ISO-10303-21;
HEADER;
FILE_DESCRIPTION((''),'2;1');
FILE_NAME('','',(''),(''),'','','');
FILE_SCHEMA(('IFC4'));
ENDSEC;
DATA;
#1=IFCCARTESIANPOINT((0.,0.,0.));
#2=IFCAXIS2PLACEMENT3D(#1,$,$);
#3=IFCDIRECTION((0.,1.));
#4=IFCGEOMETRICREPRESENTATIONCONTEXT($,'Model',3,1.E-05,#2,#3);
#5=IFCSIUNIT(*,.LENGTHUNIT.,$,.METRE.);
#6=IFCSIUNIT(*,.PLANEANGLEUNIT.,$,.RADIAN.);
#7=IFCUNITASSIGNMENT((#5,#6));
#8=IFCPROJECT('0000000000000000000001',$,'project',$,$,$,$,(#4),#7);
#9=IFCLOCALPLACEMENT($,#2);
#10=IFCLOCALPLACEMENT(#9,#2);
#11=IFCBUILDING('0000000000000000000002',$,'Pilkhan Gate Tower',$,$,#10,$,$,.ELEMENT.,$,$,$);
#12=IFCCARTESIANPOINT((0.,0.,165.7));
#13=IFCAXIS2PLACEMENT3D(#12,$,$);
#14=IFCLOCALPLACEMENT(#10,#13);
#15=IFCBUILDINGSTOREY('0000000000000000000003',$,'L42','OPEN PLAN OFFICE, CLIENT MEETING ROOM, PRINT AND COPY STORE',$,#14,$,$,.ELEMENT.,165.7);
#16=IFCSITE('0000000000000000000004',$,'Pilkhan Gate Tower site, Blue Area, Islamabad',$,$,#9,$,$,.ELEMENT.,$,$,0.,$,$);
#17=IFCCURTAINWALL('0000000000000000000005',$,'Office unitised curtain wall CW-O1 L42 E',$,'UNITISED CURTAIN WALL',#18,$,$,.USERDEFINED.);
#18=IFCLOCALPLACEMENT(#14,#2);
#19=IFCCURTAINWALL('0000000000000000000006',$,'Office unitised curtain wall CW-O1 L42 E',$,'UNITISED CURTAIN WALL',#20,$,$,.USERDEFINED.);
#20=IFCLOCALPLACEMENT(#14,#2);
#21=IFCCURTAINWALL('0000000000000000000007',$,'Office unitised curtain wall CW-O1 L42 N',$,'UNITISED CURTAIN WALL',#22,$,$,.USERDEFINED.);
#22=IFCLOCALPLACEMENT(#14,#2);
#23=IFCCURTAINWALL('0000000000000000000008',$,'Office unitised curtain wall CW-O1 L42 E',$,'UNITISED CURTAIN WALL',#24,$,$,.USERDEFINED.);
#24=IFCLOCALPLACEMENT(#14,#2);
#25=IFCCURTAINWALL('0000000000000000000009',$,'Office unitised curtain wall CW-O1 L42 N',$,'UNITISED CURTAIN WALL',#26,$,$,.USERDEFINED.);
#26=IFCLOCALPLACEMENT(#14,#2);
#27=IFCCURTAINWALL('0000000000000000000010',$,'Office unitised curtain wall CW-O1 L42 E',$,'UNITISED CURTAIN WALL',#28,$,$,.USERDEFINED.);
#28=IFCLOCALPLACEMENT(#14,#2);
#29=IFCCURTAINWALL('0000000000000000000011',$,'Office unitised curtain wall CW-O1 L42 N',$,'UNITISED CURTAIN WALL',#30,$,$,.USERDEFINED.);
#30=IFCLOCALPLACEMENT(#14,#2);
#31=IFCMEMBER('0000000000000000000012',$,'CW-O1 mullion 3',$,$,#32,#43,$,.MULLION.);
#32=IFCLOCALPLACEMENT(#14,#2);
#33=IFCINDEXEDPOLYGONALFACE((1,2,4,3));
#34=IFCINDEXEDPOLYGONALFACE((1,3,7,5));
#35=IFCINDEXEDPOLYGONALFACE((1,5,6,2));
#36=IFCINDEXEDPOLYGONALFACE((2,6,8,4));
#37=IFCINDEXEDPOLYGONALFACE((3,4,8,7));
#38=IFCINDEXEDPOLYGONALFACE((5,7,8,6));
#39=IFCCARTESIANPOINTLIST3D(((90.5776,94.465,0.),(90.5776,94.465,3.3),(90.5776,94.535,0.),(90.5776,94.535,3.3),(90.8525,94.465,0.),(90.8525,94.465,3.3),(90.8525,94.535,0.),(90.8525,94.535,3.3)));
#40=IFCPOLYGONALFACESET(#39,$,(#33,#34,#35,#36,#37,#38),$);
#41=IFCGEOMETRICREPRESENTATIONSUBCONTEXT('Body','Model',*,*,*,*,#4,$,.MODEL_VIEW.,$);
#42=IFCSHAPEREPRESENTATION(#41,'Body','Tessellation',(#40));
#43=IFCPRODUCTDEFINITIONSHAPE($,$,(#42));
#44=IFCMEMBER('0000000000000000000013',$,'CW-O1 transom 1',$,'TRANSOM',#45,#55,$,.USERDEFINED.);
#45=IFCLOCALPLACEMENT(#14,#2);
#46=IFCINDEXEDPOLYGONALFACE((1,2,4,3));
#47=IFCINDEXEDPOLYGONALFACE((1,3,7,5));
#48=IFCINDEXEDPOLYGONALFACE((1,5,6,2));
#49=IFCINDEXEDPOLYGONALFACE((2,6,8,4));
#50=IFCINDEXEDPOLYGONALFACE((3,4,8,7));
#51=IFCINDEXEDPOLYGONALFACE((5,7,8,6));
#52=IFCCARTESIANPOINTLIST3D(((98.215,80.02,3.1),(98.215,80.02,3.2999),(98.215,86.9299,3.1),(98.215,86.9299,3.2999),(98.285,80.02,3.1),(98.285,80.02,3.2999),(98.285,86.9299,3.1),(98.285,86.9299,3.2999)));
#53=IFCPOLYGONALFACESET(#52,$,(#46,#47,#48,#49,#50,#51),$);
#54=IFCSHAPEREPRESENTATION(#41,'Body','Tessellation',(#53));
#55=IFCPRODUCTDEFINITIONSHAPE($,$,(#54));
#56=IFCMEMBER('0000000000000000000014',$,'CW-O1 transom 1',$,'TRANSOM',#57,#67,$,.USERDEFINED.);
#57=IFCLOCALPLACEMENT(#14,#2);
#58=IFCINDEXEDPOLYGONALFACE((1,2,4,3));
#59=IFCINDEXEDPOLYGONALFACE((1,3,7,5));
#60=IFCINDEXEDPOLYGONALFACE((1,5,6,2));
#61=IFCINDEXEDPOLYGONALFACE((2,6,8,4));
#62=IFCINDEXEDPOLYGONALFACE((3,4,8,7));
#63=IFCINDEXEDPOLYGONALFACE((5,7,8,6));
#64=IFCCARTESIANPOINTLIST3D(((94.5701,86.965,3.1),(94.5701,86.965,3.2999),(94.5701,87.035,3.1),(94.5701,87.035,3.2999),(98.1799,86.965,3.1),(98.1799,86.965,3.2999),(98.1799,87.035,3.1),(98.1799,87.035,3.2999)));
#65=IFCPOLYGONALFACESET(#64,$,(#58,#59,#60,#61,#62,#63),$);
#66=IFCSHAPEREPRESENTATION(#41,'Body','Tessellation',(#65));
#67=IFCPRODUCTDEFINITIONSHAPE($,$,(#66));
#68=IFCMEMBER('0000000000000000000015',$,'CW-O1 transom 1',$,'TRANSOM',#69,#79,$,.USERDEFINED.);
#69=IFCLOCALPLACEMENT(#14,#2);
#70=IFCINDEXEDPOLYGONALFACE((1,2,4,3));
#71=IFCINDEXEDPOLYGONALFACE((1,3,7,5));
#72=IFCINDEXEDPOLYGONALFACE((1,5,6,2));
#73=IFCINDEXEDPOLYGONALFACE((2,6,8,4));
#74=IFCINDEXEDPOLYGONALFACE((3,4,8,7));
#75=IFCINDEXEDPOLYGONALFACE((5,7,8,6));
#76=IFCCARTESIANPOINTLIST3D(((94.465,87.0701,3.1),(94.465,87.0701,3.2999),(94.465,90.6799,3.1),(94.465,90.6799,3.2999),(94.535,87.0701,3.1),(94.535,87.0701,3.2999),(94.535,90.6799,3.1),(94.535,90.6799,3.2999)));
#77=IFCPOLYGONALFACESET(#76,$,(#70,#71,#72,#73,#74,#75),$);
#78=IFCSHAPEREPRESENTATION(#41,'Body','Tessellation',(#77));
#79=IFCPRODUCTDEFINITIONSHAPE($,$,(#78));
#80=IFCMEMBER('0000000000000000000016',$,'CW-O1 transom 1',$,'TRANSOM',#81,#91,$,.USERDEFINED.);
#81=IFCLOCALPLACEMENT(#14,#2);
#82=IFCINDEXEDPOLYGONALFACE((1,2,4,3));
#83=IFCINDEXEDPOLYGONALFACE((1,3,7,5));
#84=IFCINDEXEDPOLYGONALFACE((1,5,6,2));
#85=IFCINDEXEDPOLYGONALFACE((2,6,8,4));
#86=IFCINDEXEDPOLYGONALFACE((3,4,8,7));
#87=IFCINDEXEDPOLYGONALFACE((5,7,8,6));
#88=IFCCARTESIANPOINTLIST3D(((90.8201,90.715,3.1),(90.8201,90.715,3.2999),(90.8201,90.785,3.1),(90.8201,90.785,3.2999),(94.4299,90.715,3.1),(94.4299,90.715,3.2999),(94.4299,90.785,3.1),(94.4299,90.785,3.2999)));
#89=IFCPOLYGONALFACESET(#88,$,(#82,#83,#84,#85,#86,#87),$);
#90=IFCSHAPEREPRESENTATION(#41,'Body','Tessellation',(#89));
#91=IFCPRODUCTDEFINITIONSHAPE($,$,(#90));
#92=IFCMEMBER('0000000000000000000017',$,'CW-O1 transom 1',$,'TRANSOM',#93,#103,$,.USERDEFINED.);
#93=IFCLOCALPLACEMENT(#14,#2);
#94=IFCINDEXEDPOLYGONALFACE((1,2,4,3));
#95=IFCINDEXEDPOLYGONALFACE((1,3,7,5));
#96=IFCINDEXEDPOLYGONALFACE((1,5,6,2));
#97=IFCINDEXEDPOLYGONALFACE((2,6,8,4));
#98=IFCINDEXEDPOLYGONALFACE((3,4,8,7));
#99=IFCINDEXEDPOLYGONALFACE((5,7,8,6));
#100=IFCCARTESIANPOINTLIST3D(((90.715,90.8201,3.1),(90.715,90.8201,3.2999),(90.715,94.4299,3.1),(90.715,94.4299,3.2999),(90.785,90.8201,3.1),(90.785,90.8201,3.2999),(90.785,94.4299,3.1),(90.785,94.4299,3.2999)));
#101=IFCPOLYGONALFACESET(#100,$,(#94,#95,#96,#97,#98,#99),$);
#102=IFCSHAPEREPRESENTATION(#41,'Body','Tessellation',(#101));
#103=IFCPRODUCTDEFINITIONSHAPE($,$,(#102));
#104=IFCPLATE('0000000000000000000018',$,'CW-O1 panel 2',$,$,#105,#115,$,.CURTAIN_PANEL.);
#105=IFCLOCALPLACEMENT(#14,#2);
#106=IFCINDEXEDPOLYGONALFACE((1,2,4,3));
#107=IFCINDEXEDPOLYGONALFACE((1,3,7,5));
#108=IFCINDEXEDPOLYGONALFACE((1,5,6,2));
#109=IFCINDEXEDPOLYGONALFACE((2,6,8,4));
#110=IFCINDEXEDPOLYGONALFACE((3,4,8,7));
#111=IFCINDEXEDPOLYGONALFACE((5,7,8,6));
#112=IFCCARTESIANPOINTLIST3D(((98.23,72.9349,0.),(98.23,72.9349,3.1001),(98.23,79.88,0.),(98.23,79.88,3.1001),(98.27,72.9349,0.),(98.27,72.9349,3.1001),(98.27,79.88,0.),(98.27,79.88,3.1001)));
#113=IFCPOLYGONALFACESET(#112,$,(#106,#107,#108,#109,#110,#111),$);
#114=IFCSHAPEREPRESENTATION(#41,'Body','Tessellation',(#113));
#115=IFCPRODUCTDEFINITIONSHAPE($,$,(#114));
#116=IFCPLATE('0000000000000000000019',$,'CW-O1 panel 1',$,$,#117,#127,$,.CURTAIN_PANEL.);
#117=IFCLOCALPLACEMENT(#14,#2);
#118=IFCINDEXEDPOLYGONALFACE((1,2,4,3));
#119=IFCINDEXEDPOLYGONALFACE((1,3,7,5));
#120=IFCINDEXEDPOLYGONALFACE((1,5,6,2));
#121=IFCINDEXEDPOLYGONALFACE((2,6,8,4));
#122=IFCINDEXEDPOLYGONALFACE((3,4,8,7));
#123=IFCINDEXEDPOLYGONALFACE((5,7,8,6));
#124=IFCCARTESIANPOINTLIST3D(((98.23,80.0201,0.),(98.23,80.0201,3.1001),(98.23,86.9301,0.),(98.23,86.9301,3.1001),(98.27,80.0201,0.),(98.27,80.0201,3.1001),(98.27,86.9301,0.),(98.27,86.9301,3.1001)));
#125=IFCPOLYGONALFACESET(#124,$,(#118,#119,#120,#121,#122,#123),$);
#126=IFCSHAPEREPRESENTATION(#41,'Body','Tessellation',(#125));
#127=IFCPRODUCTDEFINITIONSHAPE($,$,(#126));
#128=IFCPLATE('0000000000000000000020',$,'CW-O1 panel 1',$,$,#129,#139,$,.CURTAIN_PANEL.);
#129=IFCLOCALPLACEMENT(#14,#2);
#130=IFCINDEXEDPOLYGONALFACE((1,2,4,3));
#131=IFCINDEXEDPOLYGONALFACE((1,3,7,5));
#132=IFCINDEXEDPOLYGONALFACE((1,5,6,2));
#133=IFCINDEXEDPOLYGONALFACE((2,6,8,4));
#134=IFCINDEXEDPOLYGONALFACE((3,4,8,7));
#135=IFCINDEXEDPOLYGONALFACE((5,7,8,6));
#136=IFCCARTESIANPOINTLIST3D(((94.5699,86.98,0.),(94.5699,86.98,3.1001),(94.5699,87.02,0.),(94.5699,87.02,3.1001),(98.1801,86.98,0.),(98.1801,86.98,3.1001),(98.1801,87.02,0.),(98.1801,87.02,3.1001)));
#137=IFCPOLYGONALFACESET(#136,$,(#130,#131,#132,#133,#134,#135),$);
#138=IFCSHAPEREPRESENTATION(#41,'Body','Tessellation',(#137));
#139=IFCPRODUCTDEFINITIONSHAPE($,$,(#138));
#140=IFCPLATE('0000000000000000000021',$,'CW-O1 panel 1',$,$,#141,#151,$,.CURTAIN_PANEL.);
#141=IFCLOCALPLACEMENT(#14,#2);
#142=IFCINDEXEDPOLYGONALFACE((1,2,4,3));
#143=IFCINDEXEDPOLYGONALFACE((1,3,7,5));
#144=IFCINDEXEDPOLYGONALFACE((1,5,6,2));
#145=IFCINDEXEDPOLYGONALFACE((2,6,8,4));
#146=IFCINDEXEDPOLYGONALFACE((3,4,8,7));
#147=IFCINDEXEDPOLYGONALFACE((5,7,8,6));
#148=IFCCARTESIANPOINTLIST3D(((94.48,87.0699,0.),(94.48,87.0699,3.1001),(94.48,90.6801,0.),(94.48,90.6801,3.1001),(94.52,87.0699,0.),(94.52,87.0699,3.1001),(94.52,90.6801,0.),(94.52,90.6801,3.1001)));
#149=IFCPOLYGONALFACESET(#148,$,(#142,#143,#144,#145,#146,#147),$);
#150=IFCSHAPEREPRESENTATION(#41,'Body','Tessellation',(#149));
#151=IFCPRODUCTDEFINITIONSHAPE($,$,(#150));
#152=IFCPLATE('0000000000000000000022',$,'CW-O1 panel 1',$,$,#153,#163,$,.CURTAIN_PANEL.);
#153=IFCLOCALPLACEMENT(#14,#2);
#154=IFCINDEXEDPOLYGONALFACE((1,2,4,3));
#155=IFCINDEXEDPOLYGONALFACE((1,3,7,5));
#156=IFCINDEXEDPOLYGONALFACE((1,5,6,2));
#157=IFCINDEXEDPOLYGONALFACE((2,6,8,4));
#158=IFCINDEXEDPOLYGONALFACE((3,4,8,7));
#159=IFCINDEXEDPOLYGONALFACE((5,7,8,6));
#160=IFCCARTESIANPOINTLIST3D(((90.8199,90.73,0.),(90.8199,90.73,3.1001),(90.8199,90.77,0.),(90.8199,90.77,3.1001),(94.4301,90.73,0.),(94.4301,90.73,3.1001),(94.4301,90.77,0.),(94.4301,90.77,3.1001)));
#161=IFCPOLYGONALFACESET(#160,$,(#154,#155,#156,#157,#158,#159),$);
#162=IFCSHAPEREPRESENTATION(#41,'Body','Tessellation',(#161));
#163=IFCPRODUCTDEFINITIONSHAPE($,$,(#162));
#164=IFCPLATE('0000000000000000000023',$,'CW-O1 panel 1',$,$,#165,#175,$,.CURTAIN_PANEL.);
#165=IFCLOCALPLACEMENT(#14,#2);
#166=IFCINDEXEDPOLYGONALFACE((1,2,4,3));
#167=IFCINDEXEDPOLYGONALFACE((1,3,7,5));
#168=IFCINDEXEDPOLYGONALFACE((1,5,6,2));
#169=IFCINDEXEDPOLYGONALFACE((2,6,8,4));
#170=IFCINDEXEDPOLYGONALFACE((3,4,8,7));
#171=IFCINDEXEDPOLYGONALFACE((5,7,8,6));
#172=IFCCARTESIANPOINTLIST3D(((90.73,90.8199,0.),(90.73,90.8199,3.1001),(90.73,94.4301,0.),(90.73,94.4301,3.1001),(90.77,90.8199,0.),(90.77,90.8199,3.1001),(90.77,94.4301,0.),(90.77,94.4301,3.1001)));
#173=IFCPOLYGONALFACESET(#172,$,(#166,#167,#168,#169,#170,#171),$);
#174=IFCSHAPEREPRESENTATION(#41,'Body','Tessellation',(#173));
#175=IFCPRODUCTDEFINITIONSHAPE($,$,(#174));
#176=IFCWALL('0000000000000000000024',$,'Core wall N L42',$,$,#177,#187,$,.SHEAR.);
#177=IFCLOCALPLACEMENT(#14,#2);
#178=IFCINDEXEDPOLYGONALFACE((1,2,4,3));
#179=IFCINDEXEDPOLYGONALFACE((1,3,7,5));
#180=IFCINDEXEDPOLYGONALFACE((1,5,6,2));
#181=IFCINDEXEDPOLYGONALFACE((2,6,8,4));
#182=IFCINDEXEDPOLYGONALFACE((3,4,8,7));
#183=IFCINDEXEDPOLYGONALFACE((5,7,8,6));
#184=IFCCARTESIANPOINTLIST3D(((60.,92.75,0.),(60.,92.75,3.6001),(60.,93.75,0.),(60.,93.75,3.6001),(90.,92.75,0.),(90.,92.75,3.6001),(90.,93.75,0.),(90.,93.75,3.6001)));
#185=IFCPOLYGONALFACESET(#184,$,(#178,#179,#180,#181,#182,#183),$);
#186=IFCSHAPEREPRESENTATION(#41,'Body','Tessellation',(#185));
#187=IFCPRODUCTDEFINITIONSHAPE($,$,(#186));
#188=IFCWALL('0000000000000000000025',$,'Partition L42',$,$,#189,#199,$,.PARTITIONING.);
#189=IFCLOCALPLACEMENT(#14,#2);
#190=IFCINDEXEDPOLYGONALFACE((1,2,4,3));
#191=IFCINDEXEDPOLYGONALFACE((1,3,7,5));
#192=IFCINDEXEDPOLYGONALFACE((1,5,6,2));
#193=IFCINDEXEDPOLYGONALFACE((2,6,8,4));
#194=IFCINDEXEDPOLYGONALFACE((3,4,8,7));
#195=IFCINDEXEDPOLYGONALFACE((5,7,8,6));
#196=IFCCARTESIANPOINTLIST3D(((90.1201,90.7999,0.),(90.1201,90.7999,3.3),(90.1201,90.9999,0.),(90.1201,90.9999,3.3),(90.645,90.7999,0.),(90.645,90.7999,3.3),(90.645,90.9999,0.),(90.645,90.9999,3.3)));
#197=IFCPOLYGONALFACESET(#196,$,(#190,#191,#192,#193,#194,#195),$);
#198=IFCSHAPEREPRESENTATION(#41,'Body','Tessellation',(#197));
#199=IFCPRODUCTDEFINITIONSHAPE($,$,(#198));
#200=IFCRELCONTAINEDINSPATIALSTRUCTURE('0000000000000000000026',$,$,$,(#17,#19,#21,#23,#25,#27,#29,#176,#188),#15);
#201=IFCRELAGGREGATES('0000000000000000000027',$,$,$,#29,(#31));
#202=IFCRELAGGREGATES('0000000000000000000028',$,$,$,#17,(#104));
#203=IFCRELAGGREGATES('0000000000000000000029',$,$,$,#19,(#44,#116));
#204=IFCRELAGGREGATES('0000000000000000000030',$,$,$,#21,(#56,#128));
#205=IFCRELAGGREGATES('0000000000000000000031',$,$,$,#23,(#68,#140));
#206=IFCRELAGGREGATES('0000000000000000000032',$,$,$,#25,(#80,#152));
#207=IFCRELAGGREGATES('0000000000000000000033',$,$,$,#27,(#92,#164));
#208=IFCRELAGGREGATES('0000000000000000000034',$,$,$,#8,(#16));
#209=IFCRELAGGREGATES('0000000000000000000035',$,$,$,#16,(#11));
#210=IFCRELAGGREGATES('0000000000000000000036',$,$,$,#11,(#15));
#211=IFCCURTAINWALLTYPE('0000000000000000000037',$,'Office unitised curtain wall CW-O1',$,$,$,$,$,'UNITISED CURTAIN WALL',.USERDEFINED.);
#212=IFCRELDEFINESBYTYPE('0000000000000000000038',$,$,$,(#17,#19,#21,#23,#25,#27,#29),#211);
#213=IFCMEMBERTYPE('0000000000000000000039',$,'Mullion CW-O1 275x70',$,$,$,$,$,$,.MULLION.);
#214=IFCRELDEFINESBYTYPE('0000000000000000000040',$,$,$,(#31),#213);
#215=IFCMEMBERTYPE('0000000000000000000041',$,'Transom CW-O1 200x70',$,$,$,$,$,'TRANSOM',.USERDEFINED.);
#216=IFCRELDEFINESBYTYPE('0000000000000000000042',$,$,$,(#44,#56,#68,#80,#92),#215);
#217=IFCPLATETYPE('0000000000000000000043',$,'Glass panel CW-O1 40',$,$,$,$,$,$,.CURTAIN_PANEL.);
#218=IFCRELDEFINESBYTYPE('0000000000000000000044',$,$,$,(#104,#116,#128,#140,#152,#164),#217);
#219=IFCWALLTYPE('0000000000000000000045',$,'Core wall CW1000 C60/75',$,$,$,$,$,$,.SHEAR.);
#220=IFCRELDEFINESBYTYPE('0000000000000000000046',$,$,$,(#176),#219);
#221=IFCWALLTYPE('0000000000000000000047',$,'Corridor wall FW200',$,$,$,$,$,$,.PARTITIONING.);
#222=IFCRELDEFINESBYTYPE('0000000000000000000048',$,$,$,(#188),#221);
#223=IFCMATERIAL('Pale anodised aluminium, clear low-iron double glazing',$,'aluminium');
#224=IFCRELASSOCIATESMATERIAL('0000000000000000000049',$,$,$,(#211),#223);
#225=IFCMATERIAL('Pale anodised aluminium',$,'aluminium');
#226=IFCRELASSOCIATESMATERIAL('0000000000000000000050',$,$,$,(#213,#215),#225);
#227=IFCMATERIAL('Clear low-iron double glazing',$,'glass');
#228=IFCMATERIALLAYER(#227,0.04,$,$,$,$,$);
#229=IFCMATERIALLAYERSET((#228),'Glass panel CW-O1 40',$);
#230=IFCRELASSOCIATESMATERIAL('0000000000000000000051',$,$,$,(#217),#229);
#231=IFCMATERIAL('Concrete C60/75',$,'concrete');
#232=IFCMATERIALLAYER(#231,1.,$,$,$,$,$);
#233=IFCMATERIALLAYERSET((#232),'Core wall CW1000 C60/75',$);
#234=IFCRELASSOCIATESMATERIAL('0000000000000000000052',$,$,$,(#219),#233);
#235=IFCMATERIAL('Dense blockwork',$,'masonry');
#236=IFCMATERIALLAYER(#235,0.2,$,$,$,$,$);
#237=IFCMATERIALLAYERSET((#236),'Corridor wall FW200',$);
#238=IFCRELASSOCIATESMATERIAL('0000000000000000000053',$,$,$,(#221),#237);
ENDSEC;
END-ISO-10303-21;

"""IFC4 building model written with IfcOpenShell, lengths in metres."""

from ifc_helpers import new_model, si_unit, direction, frame, frame_2d, origin, origin_2d, place, context, subcontext, project, spatial, rectangle, extrude, material, layer, layer_set, material_profile, profile_set, type_object, element, aggregate, save


model = new_model("IFC4")

# Units and contexts
model_context = context("Model", 3, precision=1e-05, world=origin(), true_north=direction((0.0, 1.0)))
body_context = subcontext(model_context, "Body", "Model", "MODEL_VIEW")
ifc_project = project(units=[si_unit("LENGTHUNIT", "METRE"), si_unit("PLANEANGLEUNIT", "RADIAN")], contexts=[model_context])

# Site, building, storey
site_placement = place(None, origin())
site = spatial("IfcSite", under=ifc_project, at=site_placement, Name="Pilkhan Gate Tower site, Blue Area, Islamabad", CompositionType="ELEMENT", RefElevation=0.0)
building_placement = place(site_placement, origin())
building = spatial("IfcBuilding", under=site, at=building_placement, Name="Pilkhan Gate Tower", CompositionType="ELEMENT")
storey_placement = place(building_placement, frame((0.0, 0.0, 165.7)))
storey = spatial("IfcBuildingStorey", under=building, at=storey_placement, Name="L42", Description="OPEN PLAN OFFICE, CLIENT MEETING ROOM, PRINT AND COPY STORE", CompositionType="ELEMENT", Elevation=165.7)

# Shared definitions
ifc_material_1 = material(Name="Concrete C60/75", Category="concrete")

# Curtain wall
ifc_material_2 = material(Name="Pale anodised aluminium, clear low-iron double glazing", Category="aluminium")
curtain_wall_type = type_object("IfcCurtainWallType", Name="Office unitised curtain wall CW-O1", ElementType="UNITISED CURTAIN WALL", PredefinedType="USERDEFINED", material=ifc_material_2)
curtain_wall_1_placement = place(storey_placement, origin())
curtain_wall_1 = element("IfcCurtainWall", 1, at=curtain_wall_1_placement, inside=storey, type_object=curtain_wall_type, Name="Office unitised curtain wall CW-O1 L42 E", ObjectType="UNITISED CURTAIN WALL", PredefinedType="USERDEFINED")
ifc_material_3 = material(Name="Pale anodised aluminium", Category="aluminium")
ifc_material_profile_1 = material_profile(ifc_material_3, rectangle(XDim=0.0701, YDim=0.2749, at=origin_2d()), Name="Mullion 275x70")
ifc_profile_set_1 = profile_set([ifc_material_profile_1], Name="Pale anodised aluminium")
member_type_1 = type_object("IfcMemberType", Name="Mullion CW-O1 275x70", PredefinedType="MULLION", material=ifc_profile_set_1)

# Curtain walls
curtain_wall_2_placement = place(storey_placement, origin())
curtain_wall_2 = element("IfcCurtainWall", 2, at=curtain_wall_2_placement, inside=storey, type_object=curtain_wall_type, Name="Office unitised curtain wall CW-O1 L42 E", ObjectType="UNITISED CURTAIN WALL", PredefinedType="USERDEFINED")
curtain_wall_3_placement = place(storey_placement, origin())
curtain_wall_3 = element("IfcCurtainWall", 3, at=curtain_wall_3_placement, inside=storey, type_object=curtain_wall_type, Name="Office unitised curtain wall CW-O1 L42 N", ObjectType="UNITISED CURTAIN WALL", PredefinedType="USERDEFINED")
curtain_wall_4_placement = place(storey_placement, origin())
curtain_wall_4 = element("IfcCurtainWall", 4, at=curtain_wall_4_placement, inside=storey, type_object=curtain_wall_type, Name="Office unitised curtain wall CW-O1 L42 E", ObjectType="UNITISED CURTAIN WALL", PredefinedType="USERDEFINED")
curtain_wall_5_placement = place(storey_placement, origin())
curtain_wall_5 = element("IfcCurtainWall", 5, at=curtain_wall_5_placement, inside=storey, type_object=curtain_wall_type, Name="Office unitised curtain wall CW-O1 L42 N", ObjectType="UNITISED CURTAIN WALL", PredefinedType="USERDEFINED")
curtain_wall_6_placement = place(storey_placement, origin())
curtain_wall_6 = element("IfcCurtainWall", 6, at=curtain_wall_6_placement, inside=storey, type_object=curtain_wall_type, Name="Office unitised curtain wall CW-O1 L42 E", ObjectType="UNITISED CURTAIN WALL", PredefinedType="USERDEFINED")

# Curtain wall, member
curtain_wall_7_placement = place(storey_placement, origin())
curtain_wall_7 = element("IfcCurtainWall", 7, at=curtain_wall_7_placement, inside=storey, type_object=curtain_wall_type, Name="Office unitised curtain wall CW-O1 L42 N", ObjectType="UNITISED CURTAIN WALL", PredefinedType="USERDEFINED")
member_1_placement = place(storey_placement, frame((90.7151, 94.5, 0.0), z_axis=(0.0, 0.0, 1.0), x_axis=(0.0, 1.0, 0.0)))
member_1 = element("IfcMember", 8, at=member_1_placement, type_object=member_type_1, Name="CW-O1 mullion 3", PredefinedType="MULLION", context=body_context, shape_type="SweptSolid", body=[
    extrude(rectangle(XDim=0.0701, YDim=0.2749, at=origin_2d()), origin(), (0.0, 0.0, 1.0), 3.3),
])
aggregate(curtain_wall_7, [member_1])

# Members
ifc_material_profile_2 = material_profile(ifc_material_3, rectangle(XDim=0.0701, YDim=0.2, at=origin_2d()), Name="Transom 200x70")
ifc_profile_set_2 = profile_set([ifc_material_profile_2], Name="Pale anodised aluminium")
member_type_2 = type_object("IfcMemberType", Name="Transom CW-O1 200x70", ElementType="TRANSOM", PredefinedType="USERDEFINED", material=ifc_profile_set_2)
member_2_placement = place(storey_placement, frame((98.25, 80.02, 3.2), z_axis=(0.0, 1.0, 0.0), x_axis=(-1.0, 0.0, 0.0)))
member_2 = element("IfcMember", 9, at=member_2_placement, type_object=member_type_2, Name="CW-O1 transom 1", ObjectType="TRANSOM", PredefinedType="USERDEFINED", context=body_context, shape_type="SweptSolid", body=[
    extrude(rectangle(XDim=0.0701, YDim=0.2, at=origin_2d()), origin(), (0.0, 0.0, 1.0), 6.9099),
])
member_3_placement = place(storey_placement, frame((94.5701, 87.0, 3.2), z_axis=(1.0, 0.0, 0.0), x_axis=(0.0, 1.0, 0.0)))
member_3 = element("IfcMember", 10, at=member_3_placement, type_object=member_type_2, Name="CW-O1 transom 1", ObjectType="TRANSOM", PredefinedType="USERDEFINED", context=body_context, shape_type="SweptSolid", body=[
    extrude(rectangle(XDim=0.0701, YDim=0.2, at=origin_2d()), origin(), (0.0, 0.0, 1.0), 3.6099),
])
member_4_placement = place(storey_placement, frame((94.5, 87.0701, 3.2), z_axis=(0.0, 1.0, 0.0), x_axis=(-1.0, 0.0, 0.0)))
member_4 = element("IfcMember", 11, at=member_4_placement, type_object=member_type_2, Name="CW-O1 transom 1", ObjectType="TRANSOM", PredefinedType="USERDEFINED", context=body_context, shape_type="SweptSolid", body=[
    extrude(rectangle(XDim=0.0701, YDim=0.2, at=origin_2d()), origin(), (0.0, 0.0, 1.0), 3.6099),
])
member_5_placement = place(storey_placement, frame((90.8201, 90.75, 3.2), z_axis=(1.0, 0.0, 0.0), x_axis=(0.0, 1.0, 0.0)))
member_5 = element("IfcMember", 12, at=member_5_placement, type_object=member_type_2, Name="CW-O1 transom 1", ObjectType="TRANSOM", PredefinedType="USERDEFINED", context=body_context, shape_type="SweptSolid", body=[
    extrude(rectangle(XDim=0.0701, YDim=0.2, at=origin_2d()), origin(), (0.0, 0.0, 1.0), 3.6099),
])
member_6_placement = place(storey_placement, frame((90.75, 90.8201, 3.2), z_axis=(0.0, 1.0, 0.0), x_axis=(-1.0, 0.0, 0.0)))
member_6 = element("IfcMember", 13, at=member_6_placement, type_object=member_type_2, Name="CW-O1 transom 1", ObjectType="TRANSOM", PredefinedType="USERDEFINED", context=body_context, shape_type="SweptSolid", body=[
    extrude(rectangle(XDim=0.0701, YDim=0.2, at=origin_2d()), origin(), (0.0, 0.0, 1.0), 3.6099),
])

# Plates
ifc_material_4 = material(Name="Clear low-iron double glazing", Category="glass")
ifc_layer_1 = layer(ifc_material_4, 0.04)
ifc_layer_set_1 = layer_set([ifc_layer_1], Name="Glass panel CW-O1 40")
plate_type = type_object("IfcPlateType", Name="Glass panel CW-O1 40", PredefinedType="CURTAIN_PANEL", material=ifc_layer_set_1)
plate_1_placement = place(storey_placement, frame((98.25, 76.4075, 0.0), z_axis=(0.0, 0.0, 1.0), x_axis=(0.0, 1.0, 0.0)))
plate_1 = element("IfcPlate", 14, at=plate_1_placement, type_object=plate_type, Name="CW-O1 panel 2", PredefinedType="CURTAIN_PANEL", context=body_context, shape_type="SweptSolid", body=[
    extrude(rectangle(XDim=6.9451, YDim=0.04, at=origin_2d()), origin(), (0.0, 0.0, 1.0), 3.1001),
])
aggregate(curtain_wall_1, [plate_1])
plate_2_placement = place(storey_placement, frame((98.25, 83.4751, 0.0), z_axis=(0.0, 0.0, 1.0), x_axis=(0.0, 1.0, 0.0)))
plate_2 = element("IfcPlate", 15, at=plate_2_placement, type_object=plate_type, Name="CW-O1 panel 1", PredefinedType="CURTAIN_PANEL", context=body_context, shape_type="SweptSolid", body=[
    extrude(rectangle(XDim=6.9099, YDim=0.04, at=origin_2d()), origin(), (0.0, 0.0, 1.0), 3.1001),
])
aggregate(curtain_wall_2, [member_2, plate_2])
plate_3_placement = place(storey_placement, frame((96.375, 87.0, 0.0), z_axis=(0.0, 0.0, 1.0), x_axis=(1.0, 0.0, 0.0)))
plate_3 = element("IfcPlate", 16, at=plate_3_placement, type_object=plate_type, Name="CW-O1 panel 1", PredefinedType="CURTAIN_PANEL", context=body_context, shape_type="SweptSolid", body=[
    extrude(rectangle(XDim=3.6101, YDim=0.04, at=origin_2d()), origin(), (0.0, 0.0, 1.0), 3.1001),
])
aggregate(curtain_wall_3, [member_3, plate_3])
plate_4_placement = place(storey_placement, frame((94.5, 88.875, 0.0), z_axis=(0.0, 0.0, 1.0), x_axis=(0.0, 1.0, 0.0)))
plate_4 = element("IfcPlate", 17, at=plate_4_placement, type_object=plate_type, Name="CW-O1 panel 1", PredefinedType="CURTAIN_PANEL", context=body_context, shape_type="SweptSolid", body=[
    extrude(rectangle(XDim=3.6101, YDim=0.04, at=origin_2d()), origin(), (0.0, 0.0, 1.0), 3.1001),
])
aggregate(curtain_wall_4, [member_4, plate_4])
plate_5_placement = place(storey_placement, frame((92.625, 90.75, 0.0), z_axis=(0.0, 0.0, 1.0), x_axis=(1.0, 0.0, 0.0)))
plate_5 = element("IfcPlate", 18, at=plate_5_placement, type_object=plate_type, Name="CW-O1 panel 1", PredefinedType="CURTAIN_PANEL", context=body_context, shape_type="SweptSolid", body=[
    extrude(rectangle(XDim=3.6101, YDim=0.04, at=origin_2d()), origin(), (0.0, 0.0, 1.0), 3.1001),
])
aggregate(curtain_wall_5, [member_5, plate_5])
plate_6_placement = place(storey_placement, frame((90.75, 92.625, 0.0), z_axis=(0.0, 0.0, 1.0), x_axis=(0.0, 1.0, 0.0)))
plate_6 = element("IfcPlate", 19, at=plate_6_placement, type_object=plate_type, Name="CW-O1 panel 1", PredefinedType="CURTAIN_PANEL", context=body_context, shape_type="SweptSolid", body=[
    extrude(rectangle(XDim=3.6101, YDim=0.04, at=origin_2d()), origin(), (0.0, 0.0, 1.0), 3.1001),
])
aggregate(curtain_wall_6, [member_6, plate_6])

# Walls
ifc_layer_2 = layer(ifc_material_1, 1.0)
ifc_layer_set_2 = layer_set([ifc_layer_2], Name="Core wall CW1000 C60/75")
wall_type_1 = type_object("IfcWallType", Name="Core wall CW1000 C60/75", PredefinedType="SHEAR", material=ifc_layer_set_2)
wall_1_placement = place(storey_placement, frame((90.0, 93.25, 0.0), z_axis=(0.0, 0.0, 1.0), x_axis=(-1.0, 0.0, 0.0)))
element("IfcWall", 20, at=wall_1_placement, inside=storey, type_object=wall_type_1, Name="Core wall N L42", PredefinedType="SHEAR", context=body_context, shape_type="SweptSolid", body=[
    extrude(rectangle(XDim=30.0, YDim=1.0, at=frame_2d((15.0, 0.0))), origin(), (0.0, 0.0, 1.0), 3.6001),
])
ifc_material_5 = material(Name="Dense blockwork", Category="masonry")
ifc_layer_3 = layer(ifc_material_5, 0.2)
ifc_layer_set_3 = layer_set([ifc_layer_3], Name="Corridor wall FW200")
wall_type_2 = type_object("IfcWallType", Name="Corridor wall FW200", PredefinedType="PARTITIONING", material=ifc_layer_set_3)
wall_2_placement = place(storey_placement, frame((90.1201, 90.8999, 0.0), z_axis=(0.0, 0.0, 1.0), x_axis=(1.0, 0.0, 0.0)))
element("IfcWall", 21, at=wall_2_placement, inside=storey, type_object=wall_type_2, Name="Partition L42", PredefinedType="PARTITIONING", context=body_context, shape_type="SweptSolid", body=[
    extrude(rectangle(XDim=0.5249, YDim=0.2, at=frame_2d((0.2625, 0.0))), origin(), (0.0, 0.0, 1.0), 3.3),
])

save(model, "model.ifc")
